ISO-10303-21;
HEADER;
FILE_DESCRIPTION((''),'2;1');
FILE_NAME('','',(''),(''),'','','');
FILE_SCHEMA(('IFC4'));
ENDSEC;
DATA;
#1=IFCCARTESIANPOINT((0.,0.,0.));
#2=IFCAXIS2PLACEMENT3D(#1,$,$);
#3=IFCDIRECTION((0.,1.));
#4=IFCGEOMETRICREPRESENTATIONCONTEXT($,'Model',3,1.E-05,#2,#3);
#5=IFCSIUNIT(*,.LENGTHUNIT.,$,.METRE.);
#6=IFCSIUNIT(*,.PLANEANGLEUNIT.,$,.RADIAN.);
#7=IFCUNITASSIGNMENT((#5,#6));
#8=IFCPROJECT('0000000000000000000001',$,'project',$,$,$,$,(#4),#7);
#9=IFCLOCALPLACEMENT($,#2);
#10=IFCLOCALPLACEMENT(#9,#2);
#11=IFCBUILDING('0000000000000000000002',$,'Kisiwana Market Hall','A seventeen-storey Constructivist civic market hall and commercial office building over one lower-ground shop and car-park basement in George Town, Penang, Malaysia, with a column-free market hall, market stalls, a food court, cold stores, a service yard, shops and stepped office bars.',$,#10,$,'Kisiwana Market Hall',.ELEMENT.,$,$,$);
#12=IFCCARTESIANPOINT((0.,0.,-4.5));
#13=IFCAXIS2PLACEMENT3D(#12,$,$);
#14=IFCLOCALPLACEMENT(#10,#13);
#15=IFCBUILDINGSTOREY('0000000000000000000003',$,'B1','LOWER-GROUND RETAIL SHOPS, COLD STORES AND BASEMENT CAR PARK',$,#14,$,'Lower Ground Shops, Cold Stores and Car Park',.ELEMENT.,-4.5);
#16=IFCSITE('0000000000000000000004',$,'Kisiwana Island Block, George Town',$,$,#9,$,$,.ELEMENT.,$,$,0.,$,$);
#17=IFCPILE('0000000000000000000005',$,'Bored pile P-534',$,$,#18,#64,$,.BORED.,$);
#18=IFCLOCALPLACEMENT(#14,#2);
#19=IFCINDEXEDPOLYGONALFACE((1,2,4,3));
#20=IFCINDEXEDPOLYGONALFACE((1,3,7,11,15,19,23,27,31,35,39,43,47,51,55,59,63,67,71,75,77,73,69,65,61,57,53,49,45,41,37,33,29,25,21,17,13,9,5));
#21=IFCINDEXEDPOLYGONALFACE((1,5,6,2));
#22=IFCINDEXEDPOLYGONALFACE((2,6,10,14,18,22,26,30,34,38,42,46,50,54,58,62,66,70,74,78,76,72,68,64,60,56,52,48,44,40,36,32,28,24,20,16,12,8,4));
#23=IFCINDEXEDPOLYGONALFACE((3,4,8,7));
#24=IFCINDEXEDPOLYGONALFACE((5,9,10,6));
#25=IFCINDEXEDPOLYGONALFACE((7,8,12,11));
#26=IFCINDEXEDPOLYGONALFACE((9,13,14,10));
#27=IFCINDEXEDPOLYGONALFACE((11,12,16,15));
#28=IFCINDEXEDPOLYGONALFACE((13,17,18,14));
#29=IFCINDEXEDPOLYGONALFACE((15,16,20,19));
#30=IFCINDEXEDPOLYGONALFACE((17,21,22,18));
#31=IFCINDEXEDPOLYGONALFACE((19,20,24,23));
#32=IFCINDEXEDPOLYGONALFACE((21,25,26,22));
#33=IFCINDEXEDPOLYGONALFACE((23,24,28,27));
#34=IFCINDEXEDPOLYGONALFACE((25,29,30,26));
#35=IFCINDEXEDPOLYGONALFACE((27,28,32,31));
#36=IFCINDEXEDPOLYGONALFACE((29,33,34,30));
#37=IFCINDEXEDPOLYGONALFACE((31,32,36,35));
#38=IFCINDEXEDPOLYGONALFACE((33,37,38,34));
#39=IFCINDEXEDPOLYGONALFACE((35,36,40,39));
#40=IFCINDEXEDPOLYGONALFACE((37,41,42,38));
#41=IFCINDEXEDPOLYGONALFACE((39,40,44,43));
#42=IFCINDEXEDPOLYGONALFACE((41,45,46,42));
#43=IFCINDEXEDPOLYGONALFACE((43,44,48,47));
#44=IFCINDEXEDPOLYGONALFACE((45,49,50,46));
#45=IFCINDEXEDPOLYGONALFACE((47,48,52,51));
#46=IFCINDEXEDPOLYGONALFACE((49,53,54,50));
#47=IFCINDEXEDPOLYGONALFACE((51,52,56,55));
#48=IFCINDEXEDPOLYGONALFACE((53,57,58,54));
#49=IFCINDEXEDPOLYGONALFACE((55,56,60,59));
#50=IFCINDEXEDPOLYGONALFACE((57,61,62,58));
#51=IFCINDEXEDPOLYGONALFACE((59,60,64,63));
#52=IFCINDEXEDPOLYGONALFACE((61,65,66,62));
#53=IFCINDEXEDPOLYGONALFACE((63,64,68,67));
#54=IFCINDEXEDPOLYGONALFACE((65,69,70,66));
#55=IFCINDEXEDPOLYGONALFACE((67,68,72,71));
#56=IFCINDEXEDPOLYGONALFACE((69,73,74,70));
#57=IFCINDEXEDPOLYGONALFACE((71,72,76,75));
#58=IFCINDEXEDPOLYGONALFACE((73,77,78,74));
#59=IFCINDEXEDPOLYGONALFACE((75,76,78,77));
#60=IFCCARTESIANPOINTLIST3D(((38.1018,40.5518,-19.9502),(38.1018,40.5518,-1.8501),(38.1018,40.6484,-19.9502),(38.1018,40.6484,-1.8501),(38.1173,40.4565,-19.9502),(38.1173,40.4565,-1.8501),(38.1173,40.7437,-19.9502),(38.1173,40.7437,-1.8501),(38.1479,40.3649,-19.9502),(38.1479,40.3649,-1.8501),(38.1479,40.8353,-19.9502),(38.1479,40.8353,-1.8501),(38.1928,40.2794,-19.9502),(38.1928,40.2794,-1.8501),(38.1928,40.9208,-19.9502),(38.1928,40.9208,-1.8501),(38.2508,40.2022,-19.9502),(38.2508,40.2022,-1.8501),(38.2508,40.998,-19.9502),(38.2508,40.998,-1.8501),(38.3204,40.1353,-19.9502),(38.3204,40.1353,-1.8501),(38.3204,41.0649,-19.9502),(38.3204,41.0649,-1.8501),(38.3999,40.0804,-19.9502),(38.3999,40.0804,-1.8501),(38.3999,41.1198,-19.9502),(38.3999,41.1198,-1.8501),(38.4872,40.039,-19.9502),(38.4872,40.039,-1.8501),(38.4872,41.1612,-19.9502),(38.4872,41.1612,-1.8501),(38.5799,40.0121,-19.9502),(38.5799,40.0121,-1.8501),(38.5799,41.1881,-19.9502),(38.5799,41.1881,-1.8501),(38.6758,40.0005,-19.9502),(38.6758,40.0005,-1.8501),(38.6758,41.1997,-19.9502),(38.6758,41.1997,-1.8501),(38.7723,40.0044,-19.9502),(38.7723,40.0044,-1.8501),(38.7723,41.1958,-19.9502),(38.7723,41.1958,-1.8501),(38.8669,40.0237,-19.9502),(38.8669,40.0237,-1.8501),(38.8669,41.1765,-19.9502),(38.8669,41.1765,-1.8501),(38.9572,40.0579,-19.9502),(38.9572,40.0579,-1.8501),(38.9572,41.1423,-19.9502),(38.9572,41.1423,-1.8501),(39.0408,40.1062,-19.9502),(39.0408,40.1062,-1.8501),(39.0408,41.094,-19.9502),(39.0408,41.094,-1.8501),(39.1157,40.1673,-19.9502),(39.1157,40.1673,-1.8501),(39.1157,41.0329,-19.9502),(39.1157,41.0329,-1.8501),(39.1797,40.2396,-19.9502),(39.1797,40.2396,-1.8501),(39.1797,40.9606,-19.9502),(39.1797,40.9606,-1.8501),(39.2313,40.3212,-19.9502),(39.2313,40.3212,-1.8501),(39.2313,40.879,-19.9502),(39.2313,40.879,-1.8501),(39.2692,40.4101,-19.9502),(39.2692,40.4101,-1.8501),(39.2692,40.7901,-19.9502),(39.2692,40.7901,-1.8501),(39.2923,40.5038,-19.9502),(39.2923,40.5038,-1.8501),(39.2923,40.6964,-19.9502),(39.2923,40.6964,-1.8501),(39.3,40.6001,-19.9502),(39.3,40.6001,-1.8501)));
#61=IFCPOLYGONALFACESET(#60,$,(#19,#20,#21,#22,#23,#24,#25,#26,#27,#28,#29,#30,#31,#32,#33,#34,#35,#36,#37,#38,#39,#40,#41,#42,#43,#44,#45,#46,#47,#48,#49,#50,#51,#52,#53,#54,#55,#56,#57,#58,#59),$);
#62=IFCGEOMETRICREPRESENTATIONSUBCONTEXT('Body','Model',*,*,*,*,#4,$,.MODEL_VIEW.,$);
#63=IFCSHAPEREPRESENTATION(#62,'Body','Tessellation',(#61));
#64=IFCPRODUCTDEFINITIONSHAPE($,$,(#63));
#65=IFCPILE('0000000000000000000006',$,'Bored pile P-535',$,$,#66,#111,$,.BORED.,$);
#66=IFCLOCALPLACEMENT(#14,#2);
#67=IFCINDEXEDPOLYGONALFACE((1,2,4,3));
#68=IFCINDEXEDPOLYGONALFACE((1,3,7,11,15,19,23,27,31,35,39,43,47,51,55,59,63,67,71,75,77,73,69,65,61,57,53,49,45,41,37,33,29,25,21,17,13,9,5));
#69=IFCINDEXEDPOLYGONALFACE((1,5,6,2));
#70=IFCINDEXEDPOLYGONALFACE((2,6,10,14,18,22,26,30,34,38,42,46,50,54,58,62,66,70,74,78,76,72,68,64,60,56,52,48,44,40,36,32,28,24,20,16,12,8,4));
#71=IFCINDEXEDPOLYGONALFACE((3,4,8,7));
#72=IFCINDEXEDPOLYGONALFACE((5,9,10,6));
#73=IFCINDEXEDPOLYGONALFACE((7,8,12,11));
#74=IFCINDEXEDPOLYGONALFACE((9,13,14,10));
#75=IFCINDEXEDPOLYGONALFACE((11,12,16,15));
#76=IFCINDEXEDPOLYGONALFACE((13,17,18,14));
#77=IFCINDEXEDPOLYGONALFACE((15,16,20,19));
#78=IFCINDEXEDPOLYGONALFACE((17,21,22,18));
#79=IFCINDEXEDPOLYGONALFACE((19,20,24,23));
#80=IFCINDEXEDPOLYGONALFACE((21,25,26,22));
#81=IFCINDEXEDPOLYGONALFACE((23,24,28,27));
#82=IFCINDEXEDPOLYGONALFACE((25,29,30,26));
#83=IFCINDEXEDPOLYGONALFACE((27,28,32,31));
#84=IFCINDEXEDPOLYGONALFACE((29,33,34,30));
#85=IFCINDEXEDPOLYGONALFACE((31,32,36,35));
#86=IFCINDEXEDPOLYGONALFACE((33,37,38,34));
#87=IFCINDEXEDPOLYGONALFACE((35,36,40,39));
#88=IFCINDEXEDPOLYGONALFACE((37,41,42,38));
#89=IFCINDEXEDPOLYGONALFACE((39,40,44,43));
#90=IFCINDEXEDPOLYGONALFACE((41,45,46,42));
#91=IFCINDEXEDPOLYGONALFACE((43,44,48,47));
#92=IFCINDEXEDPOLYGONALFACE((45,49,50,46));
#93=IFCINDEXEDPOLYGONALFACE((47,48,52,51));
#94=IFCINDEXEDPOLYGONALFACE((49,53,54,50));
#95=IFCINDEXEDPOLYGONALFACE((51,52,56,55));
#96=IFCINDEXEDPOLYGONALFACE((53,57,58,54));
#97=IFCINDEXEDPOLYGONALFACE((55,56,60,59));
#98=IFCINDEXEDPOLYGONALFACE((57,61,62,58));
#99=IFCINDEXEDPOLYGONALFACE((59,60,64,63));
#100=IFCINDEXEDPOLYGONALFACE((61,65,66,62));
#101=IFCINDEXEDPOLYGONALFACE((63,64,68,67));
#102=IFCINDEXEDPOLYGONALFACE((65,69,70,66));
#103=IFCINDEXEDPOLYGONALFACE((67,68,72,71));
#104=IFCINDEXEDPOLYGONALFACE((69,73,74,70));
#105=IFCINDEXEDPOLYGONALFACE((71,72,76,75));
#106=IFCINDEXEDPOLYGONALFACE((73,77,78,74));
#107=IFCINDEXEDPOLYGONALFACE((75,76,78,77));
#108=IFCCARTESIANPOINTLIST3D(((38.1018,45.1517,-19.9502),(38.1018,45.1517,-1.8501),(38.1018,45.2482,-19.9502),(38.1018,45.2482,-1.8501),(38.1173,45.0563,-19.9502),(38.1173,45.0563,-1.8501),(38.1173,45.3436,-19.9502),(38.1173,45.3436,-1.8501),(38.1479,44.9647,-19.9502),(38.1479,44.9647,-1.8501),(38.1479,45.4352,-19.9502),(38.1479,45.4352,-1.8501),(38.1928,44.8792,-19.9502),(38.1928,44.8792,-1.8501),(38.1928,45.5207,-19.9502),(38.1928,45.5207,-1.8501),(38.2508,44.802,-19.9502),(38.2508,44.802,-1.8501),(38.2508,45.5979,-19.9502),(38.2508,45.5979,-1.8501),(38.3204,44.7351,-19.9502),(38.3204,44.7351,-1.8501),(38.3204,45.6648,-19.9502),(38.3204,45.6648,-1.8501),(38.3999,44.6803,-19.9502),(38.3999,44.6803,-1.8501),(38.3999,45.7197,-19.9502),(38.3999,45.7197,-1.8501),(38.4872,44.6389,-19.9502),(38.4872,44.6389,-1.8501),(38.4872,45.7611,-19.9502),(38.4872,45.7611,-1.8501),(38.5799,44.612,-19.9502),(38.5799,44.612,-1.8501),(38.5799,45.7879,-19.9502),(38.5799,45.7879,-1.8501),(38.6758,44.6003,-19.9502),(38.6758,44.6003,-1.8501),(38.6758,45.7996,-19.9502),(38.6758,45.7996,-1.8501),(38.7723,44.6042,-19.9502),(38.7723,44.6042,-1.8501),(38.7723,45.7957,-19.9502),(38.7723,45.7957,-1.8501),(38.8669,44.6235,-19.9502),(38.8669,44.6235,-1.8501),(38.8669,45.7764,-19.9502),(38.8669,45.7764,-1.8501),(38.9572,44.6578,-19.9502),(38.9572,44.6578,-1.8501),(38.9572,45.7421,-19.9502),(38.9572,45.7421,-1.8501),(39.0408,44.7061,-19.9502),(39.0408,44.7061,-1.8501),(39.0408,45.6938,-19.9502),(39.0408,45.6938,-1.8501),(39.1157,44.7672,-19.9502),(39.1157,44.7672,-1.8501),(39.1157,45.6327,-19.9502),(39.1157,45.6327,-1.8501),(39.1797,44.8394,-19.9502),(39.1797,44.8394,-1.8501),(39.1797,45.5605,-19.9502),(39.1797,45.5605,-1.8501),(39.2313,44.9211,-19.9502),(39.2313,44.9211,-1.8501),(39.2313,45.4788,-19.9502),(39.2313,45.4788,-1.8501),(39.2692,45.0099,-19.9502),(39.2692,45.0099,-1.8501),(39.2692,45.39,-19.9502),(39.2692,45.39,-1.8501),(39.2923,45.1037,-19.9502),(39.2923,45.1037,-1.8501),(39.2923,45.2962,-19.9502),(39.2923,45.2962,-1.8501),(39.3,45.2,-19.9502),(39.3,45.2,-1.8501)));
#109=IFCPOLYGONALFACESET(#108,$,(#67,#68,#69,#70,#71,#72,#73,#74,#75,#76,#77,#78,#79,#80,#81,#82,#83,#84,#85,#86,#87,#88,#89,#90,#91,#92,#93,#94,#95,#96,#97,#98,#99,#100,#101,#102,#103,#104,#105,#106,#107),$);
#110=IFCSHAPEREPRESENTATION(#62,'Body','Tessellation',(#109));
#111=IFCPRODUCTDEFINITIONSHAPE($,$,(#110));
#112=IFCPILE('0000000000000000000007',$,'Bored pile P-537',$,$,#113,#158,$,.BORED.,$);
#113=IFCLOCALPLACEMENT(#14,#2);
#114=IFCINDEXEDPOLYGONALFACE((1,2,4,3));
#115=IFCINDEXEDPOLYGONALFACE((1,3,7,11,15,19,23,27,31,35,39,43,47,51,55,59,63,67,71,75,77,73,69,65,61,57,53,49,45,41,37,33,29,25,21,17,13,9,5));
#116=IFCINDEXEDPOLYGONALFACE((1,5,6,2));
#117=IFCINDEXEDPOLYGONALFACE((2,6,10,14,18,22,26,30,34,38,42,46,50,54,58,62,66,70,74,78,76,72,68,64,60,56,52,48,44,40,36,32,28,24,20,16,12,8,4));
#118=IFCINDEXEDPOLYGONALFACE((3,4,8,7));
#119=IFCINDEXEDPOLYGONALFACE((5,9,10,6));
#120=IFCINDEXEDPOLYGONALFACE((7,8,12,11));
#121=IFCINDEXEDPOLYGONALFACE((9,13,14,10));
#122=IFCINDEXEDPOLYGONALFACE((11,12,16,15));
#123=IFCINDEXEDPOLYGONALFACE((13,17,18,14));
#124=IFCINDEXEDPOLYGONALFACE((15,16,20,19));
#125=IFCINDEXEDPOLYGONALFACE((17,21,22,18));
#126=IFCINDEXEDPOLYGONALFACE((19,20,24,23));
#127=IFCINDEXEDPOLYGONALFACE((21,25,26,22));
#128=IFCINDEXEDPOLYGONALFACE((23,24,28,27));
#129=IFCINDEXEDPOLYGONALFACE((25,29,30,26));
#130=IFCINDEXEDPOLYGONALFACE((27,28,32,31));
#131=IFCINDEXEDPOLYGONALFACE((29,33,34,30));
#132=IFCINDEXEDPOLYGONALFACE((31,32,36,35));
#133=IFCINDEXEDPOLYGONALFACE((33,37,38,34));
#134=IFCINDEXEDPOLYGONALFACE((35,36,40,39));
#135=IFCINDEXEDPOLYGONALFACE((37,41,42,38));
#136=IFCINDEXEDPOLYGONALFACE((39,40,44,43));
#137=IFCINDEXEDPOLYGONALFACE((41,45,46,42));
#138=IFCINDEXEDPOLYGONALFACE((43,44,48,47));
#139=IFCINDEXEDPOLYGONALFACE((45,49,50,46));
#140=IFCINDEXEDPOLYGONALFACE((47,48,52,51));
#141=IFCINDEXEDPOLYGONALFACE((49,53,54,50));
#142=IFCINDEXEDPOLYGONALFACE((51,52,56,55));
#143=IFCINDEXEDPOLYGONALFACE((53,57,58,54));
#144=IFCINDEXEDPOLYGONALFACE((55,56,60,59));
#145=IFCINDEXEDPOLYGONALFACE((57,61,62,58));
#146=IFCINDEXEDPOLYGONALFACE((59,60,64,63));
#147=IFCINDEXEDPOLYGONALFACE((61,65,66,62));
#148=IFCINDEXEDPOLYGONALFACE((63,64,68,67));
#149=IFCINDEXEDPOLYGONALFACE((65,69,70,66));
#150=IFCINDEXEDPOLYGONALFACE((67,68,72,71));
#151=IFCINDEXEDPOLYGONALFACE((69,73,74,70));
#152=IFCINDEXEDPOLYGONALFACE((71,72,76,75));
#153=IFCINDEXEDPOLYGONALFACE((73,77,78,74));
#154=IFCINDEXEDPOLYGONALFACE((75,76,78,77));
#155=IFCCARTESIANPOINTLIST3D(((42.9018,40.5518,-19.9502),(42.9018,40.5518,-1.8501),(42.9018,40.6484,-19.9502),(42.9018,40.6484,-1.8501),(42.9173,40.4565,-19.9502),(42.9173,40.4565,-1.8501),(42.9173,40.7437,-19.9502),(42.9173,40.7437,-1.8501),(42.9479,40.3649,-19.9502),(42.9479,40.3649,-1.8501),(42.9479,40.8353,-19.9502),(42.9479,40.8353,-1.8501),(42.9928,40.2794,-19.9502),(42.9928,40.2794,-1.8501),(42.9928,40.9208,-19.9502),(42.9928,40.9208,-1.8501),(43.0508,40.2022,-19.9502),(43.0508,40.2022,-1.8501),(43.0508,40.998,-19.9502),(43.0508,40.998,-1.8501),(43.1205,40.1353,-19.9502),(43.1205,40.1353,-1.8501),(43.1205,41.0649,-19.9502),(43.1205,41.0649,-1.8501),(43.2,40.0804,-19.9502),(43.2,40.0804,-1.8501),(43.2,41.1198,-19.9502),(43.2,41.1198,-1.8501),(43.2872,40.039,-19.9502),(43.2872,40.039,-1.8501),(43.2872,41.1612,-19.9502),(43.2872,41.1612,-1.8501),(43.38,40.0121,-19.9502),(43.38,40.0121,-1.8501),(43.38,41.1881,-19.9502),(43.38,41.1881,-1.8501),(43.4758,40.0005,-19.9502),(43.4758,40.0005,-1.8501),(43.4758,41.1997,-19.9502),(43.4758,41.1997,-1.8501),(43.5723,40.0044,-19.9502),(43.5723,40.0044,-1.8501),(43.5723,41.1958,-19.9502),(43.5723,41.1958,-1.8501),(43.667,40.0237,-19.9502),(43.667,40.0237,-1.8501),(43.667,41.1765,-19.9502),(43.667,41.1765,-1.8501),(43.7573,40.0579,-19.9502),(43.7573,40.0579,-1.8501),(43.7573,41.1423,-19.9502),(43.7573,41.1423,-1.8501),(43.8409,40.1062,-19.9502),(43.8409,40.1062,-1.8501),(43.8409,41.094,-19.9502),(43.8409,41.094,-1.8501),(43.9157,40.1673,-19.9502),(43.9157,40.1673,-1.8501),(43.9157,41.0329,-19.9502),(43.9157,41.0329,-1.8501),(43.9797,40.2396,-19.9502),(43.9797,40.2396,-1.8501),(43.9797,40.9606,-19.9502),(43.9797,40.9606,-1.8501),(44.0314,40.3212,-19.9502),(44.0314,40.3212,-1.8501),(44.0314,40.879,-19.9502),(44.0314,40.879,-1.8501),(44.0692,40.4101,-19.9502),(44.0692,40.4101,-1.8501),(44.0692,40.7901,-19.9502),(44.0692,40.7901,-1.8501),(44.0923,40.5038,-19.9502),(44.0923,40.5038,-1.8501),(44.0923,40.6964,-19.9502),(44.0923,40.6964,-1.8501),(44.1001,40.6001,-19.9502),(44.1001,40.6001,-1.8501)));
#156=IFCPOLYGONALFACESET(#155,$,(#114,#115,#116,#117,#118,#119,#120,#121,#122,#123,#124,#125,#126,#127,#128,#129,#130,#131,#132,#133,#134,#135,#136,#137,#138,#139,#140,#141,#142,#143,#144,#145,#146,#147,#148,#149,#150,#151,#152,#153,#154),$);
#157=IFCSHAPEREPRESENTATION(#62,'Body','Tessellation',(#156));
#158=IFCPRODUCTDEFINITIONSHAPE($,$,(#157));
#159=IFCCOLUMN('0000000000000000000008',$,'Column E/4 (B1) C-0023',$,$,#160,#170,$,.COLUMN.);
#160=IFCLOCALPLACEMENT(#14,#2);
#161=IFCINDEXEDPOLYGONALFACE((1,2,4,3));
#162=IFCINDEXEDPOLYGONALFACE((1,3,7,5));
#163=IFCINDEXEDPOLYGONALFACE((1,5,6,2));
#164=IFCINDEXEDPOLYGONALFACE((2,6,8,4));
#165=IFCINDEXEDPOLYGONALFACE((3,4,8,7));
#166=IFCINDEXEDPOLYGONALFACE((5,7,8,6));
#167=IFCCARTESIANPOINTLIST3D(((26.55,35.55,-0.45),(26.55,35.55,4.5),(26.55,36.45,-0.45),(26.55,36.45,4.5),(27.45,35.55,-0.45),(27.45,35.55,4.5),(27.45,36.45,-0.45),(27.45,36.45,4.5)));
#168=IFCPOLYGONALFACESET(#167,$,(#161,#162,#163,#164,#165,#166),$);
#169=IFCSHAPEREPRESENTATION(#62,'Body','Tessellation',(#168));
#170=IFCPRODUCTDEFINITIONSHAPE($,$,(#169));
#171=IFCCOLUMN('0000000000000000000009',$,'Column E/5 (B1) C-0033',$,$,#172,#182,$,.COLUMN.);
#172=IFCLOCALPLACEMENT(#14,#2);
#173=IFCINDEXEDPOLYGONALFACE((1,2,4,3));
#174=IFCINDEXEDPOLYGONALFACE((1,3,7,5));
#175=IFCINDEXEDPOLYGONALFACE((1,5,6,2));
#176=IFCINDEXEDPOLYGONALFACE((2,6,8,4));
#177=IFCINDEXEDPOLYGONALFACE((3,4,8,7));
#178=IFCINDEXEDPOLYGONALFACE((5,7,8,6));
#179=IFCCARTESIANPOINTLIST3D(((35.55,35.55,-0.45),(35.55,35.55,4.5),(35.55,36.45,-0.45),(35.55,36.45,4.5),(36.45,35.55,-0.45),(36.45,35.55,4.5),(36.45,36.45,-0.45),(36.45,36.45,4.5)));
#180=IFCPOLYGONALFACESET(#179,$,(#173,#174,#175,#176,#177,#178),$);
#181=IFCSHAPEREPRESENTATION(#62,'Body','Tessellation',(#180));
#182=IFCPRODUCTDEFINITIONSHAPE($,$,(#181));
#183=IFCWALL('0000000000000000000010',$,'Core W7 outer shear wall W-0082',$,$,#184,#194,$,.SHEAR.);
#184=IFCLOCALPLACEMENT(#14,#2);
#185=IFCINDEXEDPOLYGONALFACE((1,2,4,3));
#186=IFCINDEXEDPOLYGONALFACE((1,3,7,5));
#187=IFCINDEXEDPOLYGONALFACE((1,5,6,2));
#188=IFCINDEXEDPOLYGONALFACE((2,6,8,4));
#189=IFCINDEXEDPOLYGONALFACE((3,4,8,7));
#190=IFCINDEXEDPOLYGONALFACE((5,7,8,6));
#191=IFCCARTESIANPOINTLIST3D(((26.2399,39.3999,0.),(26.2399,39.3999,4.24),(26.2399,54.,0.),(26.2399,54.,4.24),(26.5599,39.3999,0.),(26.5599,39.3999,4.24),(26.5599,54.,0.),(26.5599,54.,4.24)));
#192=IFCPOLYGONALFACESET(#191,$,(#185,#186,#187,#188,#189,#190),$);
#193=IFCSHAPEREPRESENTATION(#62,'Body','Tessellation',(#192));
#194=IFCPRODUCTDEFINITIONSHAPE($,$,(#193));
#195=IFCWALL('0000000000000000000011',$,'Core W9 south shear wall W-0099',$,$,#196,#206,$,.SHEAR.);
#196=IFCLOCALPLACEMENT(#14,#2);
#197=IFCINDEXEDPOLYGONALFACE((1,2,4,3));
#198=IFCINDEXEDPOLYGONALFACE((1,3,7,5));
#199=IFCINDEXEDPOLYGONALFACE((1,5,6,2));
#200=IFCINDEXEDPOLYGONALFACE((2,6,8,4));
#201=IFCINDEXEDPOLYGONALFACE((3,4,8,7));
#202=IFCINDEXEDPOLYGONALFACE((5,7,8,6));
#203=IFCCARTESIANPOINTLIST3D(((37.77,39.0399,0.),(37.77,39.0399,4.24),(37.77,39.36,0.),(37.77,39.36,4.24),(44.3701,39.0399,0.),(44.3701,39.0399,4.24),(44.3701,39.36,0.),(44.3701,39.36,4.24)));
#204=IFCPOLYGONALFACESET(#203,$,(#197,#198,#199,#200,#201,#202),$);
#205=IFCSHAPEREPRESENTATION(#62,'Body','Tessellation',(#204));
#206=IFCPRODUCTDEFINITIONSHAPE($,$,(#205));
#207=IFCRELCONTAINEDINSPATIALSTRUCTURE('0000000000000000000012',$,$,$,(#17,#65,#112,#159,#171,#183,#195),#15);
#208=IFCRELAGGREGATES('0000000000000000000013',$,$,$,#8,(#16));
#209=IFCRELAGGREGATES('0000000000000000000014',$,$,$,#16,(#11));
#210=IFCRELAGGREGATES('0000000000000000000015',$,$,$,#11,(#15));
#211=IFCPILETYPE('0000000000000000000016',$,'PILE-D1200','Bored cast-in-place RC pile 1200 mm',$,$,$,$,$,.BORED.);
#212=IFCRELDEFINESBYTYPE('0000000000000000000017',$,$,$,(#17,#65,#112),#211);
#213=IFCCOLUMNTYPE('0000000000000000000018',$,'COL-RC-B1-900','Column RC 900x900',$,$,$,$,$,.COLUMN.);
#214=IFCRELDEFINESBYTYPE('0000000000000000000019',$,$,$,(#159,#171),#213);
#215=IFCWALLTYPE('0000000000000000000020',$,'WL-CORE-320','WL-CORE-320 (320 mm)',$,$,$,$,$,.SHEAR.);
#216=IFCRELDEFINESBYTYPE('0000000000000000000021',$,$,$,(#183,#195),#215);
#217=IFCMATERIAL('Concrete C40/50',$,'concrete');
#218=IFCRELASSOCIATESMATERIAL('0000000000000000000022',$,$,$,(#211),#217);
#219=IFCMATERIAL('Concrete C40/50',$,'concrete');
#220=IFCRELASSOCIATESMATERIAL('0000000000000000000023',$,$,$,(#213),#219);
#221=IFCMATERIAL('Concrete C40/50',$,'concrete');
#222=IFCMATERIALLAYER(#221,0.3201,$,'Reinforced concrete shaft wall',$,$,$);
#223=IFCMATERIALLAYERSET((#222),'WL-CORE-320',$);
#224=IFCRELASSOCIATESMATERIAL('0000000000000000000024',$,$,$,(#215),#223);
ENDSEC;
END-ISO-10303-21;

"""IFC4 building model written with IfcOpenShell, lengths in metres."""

from ifc_helpers import new_model, si_unit, direction, frame, frame_2d, origin, origin_2d, place, context, subcontext, project, spatial, rectangle, circle, extrude, material, layer, layer_set, material_profile, profile_set, type_object, element, save


model = new_model("IFC4")

# Units and contexts
model_context = context("Model", 3, precision=1e-05, world=origin(), true_north=direction((0.0, 1.0)))
body_context = subcontext(model_context, "Body", "Model", "MODEL_VIEW")
ifc_project = project(units=[si_unit("LENGTHUNIT", "METRE"), si_unit("PLANEANGLEUNIT", "RADIAN")], contexts=[model_context])

# Site, building, storey
site_placement = place(None, origin())
site = spatial("IfcSite", under=ifc_project, at=site_placement, Name="Kisiwana Island Block, George Town", CompositionType="ELEMENT", RefElevation=0.0)
building_placement = place(site_placement, origin())
building = spatial("IfcBuilding", under=site, at=building_placement, Name="Kisiwana Market Hall", Description="A seventeen-storey Constructivist civic market hall and commercial office building over one lower-ground shop and car-park basement in George Town, Penang, Malaysia, with a column-free market hall, market stalls, a food court, cold stores, a service yard, shops and stepped office bars.", LongName="Kisiwana Market Hall", CompositionType="ELEMENT")
storey_placement = place(building_placement, frame((0.0, 0.0, -4.5)))
storey = spatial("IfcBuildingStorey", under=building, at=storey_placement, Name="B1", Description="LOWER-GROUND RETAIL SHOPS, COLD STORES AND BASEMENT CAR PARK", LongName="Lower Ground Shops, Cold Stores and Car Park", CompositionType="ELEMENT", Elevation=-4.5)

# Piles
ifc_material_1 = material(Name="Concrete C40/50", Category="concrete")
ifc_material_profile_1 = material_profile(ifc_material_1, circle(Radius=0.6001, at=origin_2d()), Name="BP D1200")
ifc_profile_set_1 = profile_set([ifc_material_profile_1], Name="Concrete C40/50")
pile_type_1 = type_object("IfcPileType", Name="PILE-D1200", Description="Bored cast-in-place RC pile 1200 mm", PredefinedType="BORED", material=ifc_profile_set_1)
for number, where, z_axis, x_axis, name in (
    (1, (38.7, 40.6001, -1.8501), (0.0, 0.0, -1.0), (1.0, 0.0, 0.0), "Bored pile P-534"),
    (2, (38.7, 45.2, -1.8501), (0.0, 0.0, -1.0), (1.0, 0.0, 0.0), "Bored pile P-535"),
    (3, (43.5, 40.6001, -1.8501), (0.0, 0.0, -1.0), (1.0, 0.0, 0.0), "Bored pile P-537"),
):
    element("IfcPile", number, at=place(storey_placement, frame(where, z_axis=z_axis, x_axis=x_axis)), inside=storey, type_object=pile_type_1, Name=name, PredefinedType="BORED", context=body_context, shape_type="SweptSolid", body=[
        extrude(circle(Radius=0.6001, at=origin_2d()), origin(), (0.0, 0.0, 1.0), 18.1001),
    ])

# Columns
ifc_material_2 = material(Name="Concrete C40/50", Category="concrete")
ifc_material_profile_2 = material_profile(ifc_material_2, rectangle(XDim=0.8999, YDim=0.8999, at=origin_2d()), Name="RC 900x900")
ifc_profile_set_2 = profile_set([ifc_material_profile_2], Name="Concrete C40/50")
column_type = type_object("IfcColumnType", Name="COL-RC-B1-900", Description="Column RC 900x900", PredefinedType="COLUMN", material=ifc_profile_set_2)
for number, where, z_axis, x_axis, name in (
    (4, (27.0, 36.0, -0.45), (0.0, 0.0, 1.0), (1.0, 0.0, 0.0), "Column E/4 (B1) C-0023"),
    (5, (36.0, 36.0, -0.45), (0.0, 0.0, 1.0), (1.0, 0.0, 0.0), "Column E/5 (B1) C-0033"),
):
    element("IfcColumn", number, at=place(storey_placement, frame(where, z_axis=z_axis, x_axis=x_axis)), inside=storey, type_object=column_type, Name=name, PredefinedType="COLUMN", context=body_context, shape_type="SweptSolid", body=[
        extrude(rectangle(XDim=0.8999, YDim=0.8999, at=origin_2d()), origin(), (0.0, 0.0, 1.0), 4.95),
    ])

# Walls
ifc_material_3 = material(Name="Concrete C40/50", Category="concrete")
ifc_layer = layer(ifc_material_3, 0.3201, Name="Reinforced concrete shaft wall")
ifc_layer_set = layer_set([ifc_layer], Name="WL-CORE-320")
wall_type = type_object("IfcWallType", Name="WL-CORE-320", Description="WL-CORE-320 (320 mm)", PredefinedType="SHEAR", material=ifc_layer_set)
wall_1_placement = place(storey_placement, frame((26.3999, 39.3999, 0.0), z_axis=(0.0, 0.0, 1.0), x_axis=(0.0, 1.0, 0.0)))
element("IfcWall", 6, at=wall_1_placement, inside=storey, type_object=wall_type, Name="Core W7 outer shear wall W-0082", PredefinedType="SHEAR", context=body_context, shape_type="SweptSolid", body=[
    extrude(rectangle(XDim=14.6001, YDim=0.3201, at=frame_2d((7.3, 0.0))), origin(), (0.0, 0.0, 1.0), 4.24),
])
wall_2_placement = place(storey_placement, frame((37.77, 39.2, 0.0), z_axis=(0.0, 0.0, 1.0), x_axis=(1.0, 0.0, 0.0)))
element("IfcWall", 7, at=wall_2_placement, inside=storey, type_object=wall_type, Name="Core W9 south shear wall W-0099", PredefinedType="SHEAR", context=body_context, shape_type="SweptSolid", body=[
    extrude(rectangle(XDim=6.6001, YDim=0.3201, at=frame_2d((3.3, 0.0))), origin(), (0.0, 0.0, 1.0), 4.24),
])

save(model, "model.ifc")
